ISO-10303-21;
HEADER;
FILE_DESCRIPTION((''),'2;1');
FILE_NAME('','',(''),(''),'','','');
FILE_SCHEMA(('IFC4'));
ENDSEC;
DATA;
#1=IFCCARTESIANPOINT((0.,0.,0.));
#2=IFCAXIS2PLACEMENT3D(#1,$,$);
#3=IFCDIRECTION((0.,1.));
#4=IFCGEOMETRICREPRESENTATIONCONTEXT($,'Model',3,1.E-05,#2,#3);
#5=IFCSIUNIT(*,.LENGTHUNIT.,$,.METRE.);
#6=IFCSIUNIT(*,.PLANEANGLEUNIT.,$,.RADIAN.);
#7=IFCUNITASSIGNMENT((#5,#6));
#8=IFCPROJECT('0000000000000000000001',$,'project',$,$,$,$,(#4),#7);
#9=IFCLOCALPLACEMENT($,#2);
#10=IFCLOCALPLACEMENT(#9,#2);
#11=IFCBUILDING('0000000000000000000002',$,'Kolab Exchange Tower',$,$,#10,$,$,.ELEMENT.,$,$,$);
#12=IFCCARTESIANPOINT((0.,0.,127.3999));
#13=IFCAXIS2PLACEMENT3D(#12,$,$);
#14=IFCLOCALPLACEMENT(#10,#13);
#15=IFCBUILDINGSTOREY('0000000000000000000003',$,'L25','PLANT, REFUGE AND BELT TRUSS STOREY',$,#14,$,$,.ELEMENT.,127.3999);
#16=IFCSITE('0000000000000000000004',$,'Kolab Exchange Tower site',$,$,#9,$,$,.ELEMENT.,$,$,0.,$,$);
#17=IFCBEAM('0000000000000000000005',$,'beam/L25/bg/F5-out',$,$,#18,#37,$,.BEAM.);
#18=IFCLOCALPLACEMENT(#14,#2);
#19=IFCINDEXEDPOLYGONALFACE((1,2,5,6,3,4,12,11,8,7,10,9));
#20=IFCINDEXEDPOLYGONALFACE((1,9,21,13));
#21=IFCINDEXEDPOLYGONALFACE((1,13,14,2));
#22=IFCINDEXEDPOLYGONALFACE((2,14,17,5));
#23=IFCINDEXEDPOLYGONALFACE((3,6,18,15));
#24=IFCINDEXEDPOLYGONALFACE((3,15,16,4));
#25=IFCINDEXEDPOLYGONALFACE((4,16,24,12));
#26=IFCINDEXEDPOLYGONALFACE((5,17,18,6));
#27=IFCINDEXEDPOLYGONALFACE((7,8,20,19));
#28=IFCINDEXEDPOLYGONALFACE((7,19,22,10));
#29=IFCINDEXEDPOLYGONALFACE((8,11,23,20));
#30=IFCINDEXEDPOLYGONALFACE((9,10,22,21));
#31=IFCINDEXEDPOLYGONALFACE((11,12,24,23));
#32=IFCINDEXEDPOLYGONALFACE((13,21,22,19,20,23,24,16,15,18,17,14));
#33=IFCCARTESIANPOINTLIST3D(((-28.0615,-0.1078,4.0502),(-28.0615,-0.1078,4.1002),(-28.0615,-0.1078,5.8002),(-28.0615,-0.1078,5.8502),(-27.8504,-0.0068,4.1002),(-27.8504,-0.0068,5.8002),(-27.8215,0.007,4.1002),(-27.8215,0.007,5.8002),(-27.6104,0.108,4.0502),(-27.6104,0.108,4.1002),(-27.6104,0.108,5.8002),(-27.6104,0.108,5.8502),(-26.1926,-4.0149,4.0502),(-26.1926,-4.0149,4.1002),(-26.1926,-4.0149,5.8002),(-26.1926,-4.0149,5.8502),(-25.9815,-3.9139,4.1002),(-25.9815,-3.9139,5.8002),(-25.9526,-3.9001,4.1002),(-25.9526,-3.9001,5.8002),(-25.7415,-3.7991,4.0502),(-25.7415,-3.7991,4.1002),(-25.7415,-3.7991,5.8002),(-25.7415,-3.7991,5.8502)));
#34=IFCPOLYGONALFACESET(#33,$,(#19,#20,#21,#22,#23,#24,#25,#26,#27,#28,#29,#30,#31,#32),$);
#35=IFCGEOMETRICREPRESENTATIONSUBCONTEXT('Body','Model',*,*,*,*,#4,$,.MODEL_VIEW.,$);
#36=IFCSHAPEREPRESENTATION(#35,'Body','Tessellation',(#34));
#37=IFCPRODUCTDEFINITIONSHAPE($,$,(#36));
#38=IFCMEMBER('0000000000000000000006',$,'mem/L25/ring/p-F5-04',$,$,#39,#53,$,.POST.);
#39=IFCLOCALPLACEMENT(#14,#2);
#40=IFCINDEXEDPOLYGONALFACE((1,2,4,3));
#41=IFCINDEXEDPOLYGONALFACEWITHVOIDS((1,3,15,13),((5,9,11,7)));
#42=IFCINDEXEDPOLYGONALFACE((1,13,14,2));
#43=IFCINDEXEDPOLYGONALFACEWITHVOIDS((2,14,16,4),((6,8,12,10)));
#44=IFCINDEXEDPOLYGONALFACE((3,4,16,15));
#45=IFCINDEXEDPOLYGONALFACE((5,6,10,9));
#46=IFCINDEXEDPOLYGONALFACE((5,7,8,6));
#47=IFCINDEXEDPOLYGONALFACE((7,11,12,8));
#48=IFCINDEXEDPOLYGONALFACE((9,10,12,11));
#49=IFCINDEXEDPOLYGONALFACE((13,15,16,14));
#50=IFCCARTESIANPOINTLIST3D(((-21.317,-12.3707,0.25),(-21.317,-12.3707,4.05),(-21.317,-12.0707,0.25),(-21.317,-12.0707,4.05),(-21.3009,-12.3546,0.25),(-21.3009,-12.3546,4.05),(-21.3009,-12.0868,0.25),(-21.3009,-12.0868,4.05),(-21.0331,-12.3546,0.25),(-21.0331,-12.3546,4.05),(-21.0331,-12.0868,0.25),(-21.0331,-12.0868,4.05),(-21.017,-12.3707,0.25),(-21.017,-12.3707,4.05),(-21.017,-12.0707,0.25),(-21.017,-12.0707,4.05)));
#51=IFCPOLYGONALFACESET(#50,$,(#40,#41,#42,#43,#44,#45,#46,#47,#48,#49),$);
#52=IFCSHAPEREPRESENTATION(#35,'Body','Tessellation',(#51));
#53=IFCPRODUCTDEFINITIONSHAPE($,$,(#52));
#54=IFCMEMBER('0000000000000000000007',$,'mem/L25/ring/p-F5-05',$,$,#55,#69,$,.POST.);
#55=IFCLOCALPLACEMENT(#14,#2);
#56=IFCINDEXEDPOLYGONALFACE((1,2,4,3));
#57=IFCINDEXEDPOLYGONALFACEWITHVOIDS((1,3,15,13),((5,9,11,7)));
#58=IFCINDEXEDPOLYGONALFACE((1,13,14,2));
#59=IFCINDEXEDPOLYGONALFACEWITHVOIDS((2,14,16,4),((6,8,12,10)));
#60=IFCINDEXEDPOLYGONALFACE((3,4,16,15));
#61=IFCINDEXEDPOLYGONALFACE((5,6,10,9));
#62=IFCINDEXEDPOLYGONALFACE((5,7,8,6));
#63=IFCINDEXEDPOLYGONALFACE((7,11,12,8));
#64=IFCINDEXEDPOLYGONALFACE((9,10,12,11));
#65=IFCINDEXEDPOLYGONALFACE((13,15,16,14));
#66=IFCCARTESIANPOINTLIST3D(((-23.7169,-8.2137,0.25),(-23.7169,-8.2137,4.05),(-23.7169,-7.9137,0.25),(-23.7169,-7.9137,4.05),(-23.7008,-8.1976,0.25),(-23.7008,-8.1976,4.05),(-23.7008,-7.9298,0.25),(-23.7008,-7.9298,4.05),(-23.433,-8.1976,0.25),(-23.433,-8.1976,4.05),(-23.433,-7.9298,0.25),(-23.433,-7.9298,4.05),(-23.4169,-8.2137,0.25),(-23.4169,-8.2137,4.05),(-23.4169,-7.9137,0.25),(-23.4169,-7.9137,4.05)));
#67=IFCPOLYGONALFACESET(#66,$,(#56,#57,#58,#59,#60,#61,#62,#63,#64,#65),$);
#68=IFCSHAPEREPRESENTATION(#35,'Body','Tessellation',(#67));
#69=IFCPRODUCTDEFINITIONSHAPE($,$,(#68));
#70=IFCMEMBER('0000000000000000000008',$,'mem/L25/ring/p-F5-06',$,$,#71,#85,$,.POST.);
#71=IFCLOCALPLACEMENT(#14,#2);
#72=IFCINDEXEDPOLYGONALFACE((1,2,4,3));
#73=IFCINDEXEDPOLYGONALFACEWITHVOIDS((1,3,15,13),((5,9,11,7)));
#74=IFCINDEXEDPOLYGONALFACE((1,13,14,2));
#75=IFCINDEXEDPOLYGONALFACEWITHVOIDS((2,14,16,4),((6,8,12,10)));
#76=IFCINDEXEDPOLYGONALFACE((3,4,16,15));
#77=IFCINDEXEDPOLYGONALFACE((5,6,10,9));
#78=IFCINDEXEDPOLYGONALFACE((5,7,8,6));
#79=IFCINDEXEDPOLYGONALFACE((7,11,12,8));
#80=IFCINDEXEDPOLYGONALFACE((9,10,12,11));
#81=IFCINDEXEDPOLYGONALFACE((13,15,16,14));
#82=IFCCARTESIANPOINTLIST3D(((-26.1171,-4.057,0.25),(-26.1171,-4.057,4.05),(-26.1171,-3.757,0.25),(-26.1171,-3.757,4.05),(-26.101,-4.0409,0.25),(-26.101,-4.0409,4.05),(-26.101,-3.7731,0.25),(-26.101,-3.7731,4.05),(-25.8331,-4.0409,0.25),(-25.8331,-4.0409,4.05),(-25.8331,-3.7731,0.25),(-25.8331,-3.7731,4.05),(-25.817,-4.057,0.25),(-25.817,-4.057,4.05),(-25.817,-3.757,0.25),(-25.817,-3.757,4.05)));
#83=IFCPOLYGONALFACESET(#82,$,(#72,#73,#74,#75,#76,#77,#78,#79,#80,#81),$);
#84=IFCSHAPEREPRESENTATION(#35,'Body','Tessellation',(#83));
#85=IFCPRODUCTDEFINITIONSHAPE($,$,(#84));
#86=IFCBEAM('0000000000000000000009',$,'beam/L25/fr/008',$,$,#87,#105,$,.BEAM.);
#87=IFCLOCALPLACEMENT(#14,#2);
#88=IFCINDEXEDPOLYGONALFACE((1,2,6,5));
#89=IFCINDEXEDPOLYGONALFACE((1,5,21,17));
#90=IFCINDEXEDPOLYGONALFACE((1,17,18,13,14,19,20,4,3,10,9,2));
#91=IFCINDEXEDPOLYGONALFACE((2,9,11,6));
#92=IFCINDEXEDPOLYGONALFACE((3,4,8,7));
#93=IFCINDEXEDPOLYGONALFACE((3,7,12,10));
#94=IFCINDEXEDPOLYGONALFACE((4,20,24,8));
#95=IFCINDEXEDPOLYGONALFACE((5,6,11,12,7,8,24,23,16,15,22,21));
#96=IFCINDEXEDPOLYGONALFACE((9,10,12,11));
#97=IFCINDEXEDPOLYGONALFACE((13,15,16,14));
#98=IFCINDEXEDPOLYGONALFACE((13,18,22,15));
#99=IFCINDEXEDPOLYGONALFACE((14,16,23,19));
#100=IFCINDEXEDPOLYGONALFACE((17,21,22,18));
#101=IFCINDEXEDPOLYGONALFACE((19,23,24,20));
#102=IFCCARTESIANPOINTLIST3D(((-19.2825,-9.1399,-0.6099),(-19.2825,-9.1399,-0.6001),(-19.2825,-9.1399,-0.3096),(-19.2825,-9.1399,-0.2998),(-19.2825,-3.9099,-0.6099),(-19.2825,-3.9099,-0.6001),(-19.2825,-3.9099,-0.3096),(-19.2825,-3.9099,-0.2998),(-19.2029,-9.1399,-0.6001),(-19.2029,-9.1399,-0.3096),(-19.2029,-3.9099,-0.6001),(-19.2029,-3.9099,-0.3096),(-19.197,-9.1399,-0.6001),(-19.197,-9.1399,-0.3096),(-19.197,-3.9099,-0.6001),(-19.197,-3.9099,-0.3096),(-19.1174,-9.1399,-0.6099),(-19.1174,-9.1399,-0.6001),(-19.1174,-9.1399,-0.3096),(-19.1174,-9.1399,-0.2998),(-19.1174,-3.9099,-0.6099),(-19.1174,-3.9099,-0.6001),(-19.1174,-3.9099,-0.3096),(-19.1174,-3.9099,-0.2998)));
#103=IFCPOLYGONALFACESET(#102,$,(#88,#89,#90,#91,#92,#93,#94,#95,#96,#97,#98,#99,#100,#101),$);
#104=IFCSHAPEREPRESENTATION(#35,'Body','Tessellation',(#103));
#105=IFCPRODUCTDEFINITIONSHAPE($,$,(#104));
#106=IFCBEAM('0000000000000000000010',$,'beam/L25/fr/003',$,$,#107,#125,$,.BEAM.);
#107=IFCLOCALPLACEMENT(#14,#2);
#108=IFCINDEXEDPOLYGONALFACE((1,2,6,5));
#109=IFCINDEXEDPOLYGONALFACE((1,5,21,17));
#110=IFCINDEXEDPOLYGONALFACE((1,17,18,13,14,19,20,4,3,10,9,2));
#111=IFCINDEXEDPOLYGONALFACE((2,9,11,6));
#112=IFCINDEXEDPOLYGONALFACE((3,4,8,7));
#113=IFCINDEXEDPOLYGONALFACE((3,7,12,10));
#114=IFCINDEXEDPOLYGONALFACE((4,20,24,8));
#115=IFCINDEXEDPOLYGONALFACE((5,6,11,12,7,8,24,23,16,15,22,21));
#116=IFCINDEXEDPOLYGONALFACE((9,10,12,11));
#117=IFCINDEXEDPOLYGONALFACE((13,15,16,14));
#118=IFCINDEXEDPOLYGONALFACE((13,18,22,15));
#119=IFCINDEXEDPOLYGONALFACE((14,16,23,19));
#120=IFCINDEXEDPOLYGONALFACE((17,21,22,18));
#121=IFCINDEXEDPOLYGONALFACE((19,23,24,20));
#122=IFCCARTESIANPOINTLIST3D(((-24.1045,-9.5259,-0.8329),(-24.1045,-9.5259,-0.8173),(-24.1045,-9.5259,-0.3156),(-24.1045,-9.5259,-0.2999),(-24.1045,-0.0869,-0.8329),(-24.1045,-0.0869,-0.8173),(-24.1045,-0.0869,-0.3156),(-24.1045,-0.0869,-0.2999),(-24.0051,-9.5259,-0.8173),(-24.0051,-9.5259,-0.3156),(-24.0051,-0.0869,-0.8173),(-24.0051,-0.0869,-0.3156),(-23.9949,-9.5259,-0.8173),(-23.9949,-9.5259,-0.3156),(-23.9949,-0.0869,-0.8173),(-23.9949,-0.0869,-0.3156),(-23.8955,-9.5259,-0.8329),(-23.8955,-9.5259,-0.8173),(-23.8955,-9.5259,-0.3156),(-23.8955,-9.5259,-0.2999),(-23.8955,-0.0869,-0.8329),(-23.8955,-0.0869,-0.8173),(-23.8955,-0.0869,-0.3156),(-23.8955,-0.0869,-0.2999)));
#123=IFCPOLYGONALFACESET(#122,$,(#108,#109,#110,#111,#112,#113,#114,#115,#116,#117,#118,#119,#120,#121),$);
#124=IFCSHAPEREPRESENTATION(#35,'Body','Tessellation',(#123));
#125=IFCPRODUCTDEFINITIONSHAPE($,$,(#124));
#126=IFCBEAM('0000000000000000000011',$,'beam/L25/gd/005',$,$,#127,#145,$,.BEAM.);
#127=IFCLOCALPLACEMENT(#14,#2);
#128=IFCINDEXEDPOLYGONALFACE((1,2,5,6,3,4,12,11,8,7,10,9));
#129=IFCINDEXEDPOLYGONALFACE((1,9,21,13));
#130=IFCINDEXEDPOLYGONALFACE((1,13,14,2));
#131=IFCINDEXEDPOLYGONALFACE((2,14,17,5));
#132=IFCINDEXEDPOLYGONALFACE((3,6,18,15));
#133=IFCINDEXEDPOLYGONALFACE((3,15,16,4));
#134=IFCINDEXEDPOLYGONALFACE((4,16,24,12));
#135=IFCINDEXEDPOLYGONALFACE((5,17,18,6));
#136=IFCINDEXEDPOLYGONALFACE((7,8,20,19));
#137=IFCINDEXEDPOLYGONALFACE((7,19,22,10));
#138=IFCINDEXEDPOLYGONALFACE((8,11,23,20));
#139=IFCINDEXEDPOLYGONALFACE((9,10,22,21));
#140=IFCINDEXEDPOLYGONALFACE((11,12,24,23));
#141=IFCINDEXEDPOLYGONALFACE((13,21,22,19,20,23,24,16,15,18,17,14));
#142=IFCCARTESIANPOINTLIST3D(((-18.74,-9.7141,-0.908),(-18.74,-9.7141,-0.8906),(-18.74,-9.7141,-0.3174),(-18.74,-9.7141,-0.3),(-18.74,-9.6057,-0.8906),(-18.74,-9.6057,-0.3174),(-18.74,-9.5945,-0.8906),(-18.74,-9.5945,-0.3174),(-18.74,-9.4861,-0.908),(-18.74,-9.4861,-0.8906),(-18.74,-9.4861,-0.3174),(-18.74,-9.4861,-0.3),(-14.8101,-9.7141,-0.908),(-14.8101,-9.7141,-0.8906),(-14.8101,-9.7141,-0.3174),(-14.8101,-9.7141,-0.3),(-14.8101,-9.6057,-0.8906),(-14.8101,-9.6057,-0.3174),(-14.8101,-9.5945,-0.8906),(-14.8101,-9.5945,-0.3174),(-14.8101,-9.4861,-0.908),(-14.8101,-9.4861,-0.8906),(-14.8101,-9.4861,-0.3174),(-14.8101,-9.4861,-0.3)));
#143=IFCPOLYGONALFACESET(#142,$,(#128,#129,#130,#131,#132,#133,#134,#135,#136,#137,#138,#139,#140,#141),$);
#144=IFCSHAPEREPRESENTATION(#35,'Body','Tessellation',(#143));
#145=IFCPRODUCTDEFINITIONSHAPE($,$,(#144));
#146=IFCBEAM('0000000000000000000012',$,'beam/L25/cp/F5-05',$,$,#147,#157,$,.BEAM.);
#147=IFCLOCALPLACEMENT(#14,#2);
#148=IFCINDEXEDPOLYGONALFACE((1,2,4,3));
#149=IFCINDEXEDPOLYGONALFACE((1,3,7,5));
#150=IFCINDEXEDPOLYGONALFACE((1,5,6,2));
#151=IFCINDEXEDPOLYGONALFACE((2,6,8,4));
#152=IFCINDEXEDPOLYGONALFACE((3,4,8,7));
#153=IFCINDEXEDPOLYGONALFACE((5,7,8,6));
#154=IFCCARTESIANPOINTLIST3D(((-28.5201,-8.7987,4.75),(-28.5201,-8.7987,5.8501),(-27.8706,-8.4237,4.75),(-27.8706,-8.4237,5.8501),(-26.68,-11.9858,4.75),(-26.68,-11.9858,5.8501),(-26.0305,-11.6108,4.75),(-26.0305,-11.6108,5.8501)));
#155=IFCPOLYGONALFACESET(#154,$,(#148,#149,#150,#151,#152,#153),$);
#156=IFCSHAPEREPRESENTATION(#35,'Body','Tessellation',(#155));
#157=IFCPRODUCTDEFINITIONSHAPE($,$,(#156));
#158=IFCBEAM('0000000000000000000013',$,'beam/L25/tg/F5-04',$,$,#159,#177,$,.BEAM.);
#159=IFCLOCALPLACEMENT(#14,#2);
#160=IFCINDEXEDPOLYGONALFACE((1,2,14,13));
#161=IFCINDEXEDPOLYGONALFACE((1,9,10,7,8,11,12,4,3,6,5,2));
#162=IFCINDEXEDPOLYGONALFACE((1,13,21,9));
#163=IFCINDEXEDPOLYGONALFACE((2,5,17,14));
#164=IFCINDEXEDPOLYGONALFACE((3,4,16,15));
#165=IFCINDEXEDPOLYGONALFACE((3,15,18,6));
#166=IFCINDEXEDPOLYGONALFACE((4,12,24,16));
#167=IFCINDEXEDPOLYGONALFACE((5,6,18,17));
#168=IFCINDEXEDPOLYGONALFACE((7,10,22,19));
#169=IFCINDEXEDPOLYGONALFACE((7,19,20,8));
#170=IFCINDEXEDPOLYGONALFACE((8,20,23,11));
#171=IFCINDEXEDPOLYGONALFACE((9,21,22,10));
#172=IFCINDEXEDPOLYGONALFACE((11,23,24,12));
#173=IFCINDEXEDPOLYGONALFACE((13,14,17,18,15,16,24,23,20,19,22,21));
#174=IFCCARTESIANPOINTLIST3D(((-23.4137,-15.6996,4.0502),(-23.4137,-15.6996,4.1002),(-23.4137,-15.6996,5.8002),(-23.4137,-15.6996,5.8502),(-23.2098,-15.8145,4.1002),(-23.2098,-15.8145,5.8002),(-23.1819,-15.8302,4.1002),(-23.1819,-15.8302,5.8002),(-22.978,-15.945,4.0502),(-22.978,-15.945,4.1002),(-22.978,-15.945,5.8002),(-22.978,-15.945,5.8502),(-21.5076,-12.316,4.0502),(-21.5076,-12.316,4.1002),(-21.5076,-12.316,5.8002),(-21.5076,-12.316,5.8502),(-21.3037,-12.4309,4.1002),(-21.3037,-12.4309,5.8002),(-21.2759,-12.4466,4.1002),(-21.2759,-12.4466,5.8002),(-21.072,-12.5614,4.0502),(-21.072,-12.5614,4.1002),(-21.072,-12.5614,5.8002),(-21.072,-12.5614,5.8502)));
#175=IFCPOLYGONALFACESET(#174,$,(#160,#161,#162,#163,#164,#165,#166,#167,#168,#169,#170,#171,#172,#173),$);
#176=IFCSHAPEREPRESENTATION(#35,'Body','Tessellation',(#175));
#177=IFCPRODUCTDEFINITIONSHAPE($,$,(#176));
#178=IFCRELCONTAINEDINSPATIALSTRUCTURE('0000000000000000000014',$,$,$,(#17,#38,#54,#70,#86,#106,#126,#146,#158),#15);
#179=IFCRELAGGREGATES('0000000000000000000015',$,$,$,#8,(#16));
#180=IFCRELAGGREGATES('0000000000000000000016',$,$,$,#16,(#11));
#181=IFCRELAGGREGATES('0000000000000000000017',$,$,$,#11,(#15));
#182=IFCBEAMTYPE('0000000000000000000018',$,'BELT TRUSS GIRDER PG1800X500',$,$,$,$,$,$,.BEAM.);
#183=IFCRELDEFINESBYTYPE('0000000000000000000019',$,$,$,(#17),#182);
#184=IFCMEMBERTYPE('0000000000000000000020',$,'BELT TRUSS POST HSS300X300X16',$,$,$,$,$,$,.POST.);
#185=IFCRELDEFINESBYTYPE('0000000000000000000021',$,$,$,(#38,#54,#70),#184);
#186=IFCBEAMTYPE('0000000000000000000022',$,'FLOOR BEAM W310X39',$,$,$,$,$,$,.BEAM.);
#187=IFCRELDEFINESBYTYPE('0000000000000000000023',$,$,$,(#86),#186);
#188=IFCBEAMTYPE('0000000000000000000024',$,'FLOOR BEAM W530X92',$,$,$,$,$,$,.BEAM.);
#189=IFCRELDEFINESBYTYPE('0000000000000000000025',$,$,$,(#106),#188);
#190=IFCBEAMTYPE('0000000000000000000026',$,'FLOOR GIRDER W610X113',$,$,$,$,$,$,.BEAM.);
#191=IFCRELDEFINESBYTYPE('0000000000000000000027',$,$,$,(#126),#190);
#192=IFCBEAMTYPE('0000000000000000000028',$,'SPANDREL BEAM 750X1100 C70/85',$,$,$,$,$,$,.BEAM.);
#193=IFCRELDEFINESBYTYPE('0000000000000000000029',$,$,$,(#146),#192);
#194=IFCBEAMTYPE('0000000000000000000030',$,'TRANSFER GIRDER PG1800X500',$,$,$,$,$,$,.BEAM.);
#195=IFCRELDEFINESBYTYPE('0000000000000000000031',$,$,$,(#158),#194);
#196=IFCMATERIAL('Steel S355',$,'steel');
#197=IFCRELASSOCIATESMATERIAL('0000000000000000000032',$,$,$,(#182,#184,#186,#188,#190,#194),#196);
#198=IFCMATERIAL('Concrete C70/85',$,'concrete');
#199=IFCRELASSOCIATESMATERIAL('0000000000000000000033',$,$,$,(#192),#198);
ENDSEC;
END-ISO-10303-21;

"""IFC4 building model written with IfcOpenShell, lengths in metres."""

from ifc_helpers import new_model, si_unit, direction, frame, origin, origin_2d, place, context, subcontext, project, spatial, rectangle, hollow_rectangle, i_section, extrude, material, material_profile, profile_set, type_object, element, save


model = new_model("IFC4")

# Units and contexts
model_context = context("Model", 3, precision=1e-05, world=origin(), true_north=direction((0.0, 1.0)))
body_context = subcontext(model_context, "Body", "Model", "MODEL_VIEW")
ifc_project = project(units=[si_unit("LENGTHUNIT", "METRE"), si_unit("PLANEANGLEUNIT", "RADIAN")], contexts=[model_context])

# Site, building, storey
site_placement = place(None, origin())
site = spatial("IfcSite", under=ifc_project, at=site_placement, Name="Kolab Exchange Tower site", CompositionType="ELEMENT", RefElevation=0.0)
building_placement = place(site_placement, origin())
building = spatial("IfcBuilding", under=site, at=building_placement, Name="Kolab Exchange Tower", CompositionType="ELEMENT")
storey_placement = place(building_placement, frame((0.0, 0.0, 127.3999)))
storey = spatial("IfcBuildingStorey", under=building, at=storey_placement, Name="L25", Description="PLANT, REFUGE AND BELT TRUSS STOREY", CompositionType="ELEMENT", Elevation=127.3999)

# Shared definitions
ifc_material_1 = material(Name="Concrete C70/85", Category="concrete")

# Shared definitions
ifc_material_2 = material(Name="Steel S355", Category="steel")

# Beam
ifc_material_profile_1 = material_profile(ifc_material_2, i_section(OverallWidth=0.5, OverallDepth=1.8, WebThickness=0.032, FlangeThickness=0.05, at=origin_2d()), Name="PG1800X500")
ifc_profile_set_1 = profile_set([ifc_material_profile_1], Name="Steel S355")
beam_type_1 = type_object("IfcBeamType", Name="BELT TRUSS GIRDER PG1800X500", PredefinedType="BEAM", material=ifc_profile_set_1)
beam_1_placement = place(storey_placement, frame((-25.967, -3.907, 4.9502), z_axis=(-0.431519, 0.902104, 0.0), x_axis=(-0.902104, -0.431519, 0.0)))
element("IfcBeam", 1, at=beam_1_placement, inside=storey, type_object=beam_type_1, Name="beam/L25/bg/F5-out", PredefinedType="BEAM", context=body_context, shape_type="SweptSolid", body=[
    extrude(i_section(OverallWidth=0.5, OverallDepth=1.8, WebThickness=0.032, FlangeThickness=0.05, at=origin_2d()), origin(), (0.0, 0.0, 1.0), 4.3311),
])

# Members
ifc_material_profile_2 = material_profile(ifc_material_2, hollow_rectangle(XDim=0.3, YDim=0.3, WallThickness=0.0161, at=origin_2d()), Name="HSS300X300X16")
ifc_profile_set_2 = profile_set([ifc_material_profile_2], Name="Steel S355")
member_type_1 = type_object("IfcMemberType", Name="BELT TRUSS POST HSS300X300X16", PredefinedType="POST", material=ifc_profile_set_2)
for number, where, z_axis, x_axis, name in (
    (2, (-21.167, -12.2207, 0.25), (0.0, 0.0, 1.0), (1.0, 0.0, 0.0), "mem/L25/ring/p-F5-04"),
    (3, (-23.5669, -8.0637, 0.25), (0.0, 0.0, 1.0), (1.0, 0.0, 0.0), "mem/L25/ring/p-F5-05"),
    (4, (-25.967, -3.907, 0.25), (0.0, 0.0, 1.0), (1.0, 0.0, 0.0), "mem/L25/ring/p-F5-06"),
):
    element("IfcMember", number, at=place(storey_placement, frame(where, z_axis=z_axis, x_axis=x_axis)), inside=storey, type_object=member_type_1, Name=name, PredefinedType="POST", context=body_context, shape_type="SweptSolid", body=[
        extrude(hollow_rectangle(XDim=0.3, YDim=0.3, WallThickness=0.0161, at=origin_2d()), origin(), (0.0, 0.0, 1.0), 3.8),
    ])

# Beams
ifc_material_profile_3 = material_profile(ifc_material_2, i_section(OverallWidth=0.165, OverallDepth=0.3101, WebThickness=0.0059, FlangeThickness=0.0098, at=origin_2d()), Name="W310X39")
ifc_profile_set_3 = profile_set([ifc_material_profile_3], Name="Steel S355")
beam_type_2 = type_object("IfcBeamType", Name="FLOOR BEAM W310X39", PredefinedType="BEAM", material=ifc_profile_set_3)
beam_2_placement = place(storey_placement, frame((-19.2, -9.1399, -0.4548), z_axis=(0.0, 1.0, 0.0), x_axis=(-1.0, 0.0, 0.0)))
element("IfcBeam", 5, at=beam_2_placement, inside=storey, type_object=beam_type_2, Name="beam/L25/fr/008", PredefinedType="BEAM", context=body_context, shape_type="SweptSolid", body=[
    extrude(i_section(OverallWidth=0.165, OverallDepth=0.3101, WebThickness=0.0059, FlangeThickness=0.0098, at=origin_2d()), origin(), (0.0, 0.0, 1.0), 5.23),
])
ifc_material_profile_4 = material_profile(ifc_material_2, i_section(OverallWidth=0.209, OverallDepth=0.533, WebThickness=0.0103, FlangeThickness=0.0156, at=origin_2d()), Name="W530X92")
ifc_profile_set_4 = profile_set([ifc_material_profile_4], Name="Steel S355")
beam_type_3 = type_object("IfcBeamType", Name="FLOOR BEAM W530X92", PredefinedType="BEAM", material=ifc_profile_set_4)
beam_3_placement = place(storey_placement, frame((-24.0, -9.5259, -0.5664), z_axis=(0.0, 1.0, 0.0), x_axis=(-1.0, 0.0, 0.0)))
element("IfcBeam", 6, at=beam_3_placement, inside=storey, type_object=beam_type_3, Name="beam/L25/fr/003", PredefinedType="BEAM", context=body_context, shape_type="SweptSolid", body=[
    extrude(i_section(OverallWidth=0.209, OverallDepth=0.533, WebThickness=0.0103, FlangeThickness=0.0156, at=origin_2d()), origin(), (0.0, 0.0, 1.0), 9.439),
])
ifc_material_profile_5 = material_profile(ifc_material_2, i_section(OverallWidth=0.228, OverallDepth=0.6079, WebThickness=0.0112, FlangeThickness=0.0173, at=origin_2d()), Name="W610X113")
ifc_profile_set_5 = profile_set([ifc_material_profile_5], Name="Steel S355")
beam_type_4 = type_object("IfcBeamType", Name="FLOOR GIRDER W610X113", PredefinedType="BEAM", material=ifc_profile_set_5)
beam_4_placement = place(storey_placement, frame((-18.74, -9.6001, -0.604), z_axis=(1.0, 0.0, 0.0), x_axis=(0.0, 1.0, 0.0)))
element("IfcBeam", 7, at=beam_4_placement, inside=storey, type_object=beam_type_4, Name="beam/L25/gd/005", PredefinedType="BEAM", context=body_context, shape_type="SweptSolid", body=[
    extrude(i_section(OverallWidth=0.228, OverallDepth=0.6079, WebThickness=0.0112, FlangeThickness=0.0173, at=origin_2d()), origin(), (0.0, 0.0, 1.0), 3.9299),
])
ifc_material_profile_6 = material_profile(ifc_material_1, rectangle(XDim=0.75, YDim=1.1001, at=origin_2d()), Name="RC750X1100")
ifc_profile_set_6 = profile_set([ifc_material_profile_6], Name="Concrete C70/85")
beam_type_5 = type_object("IfcBeamType", Name="SPANDREL BEAM 750X1100 C70/85", PredefinedType="BEAM", material=ifc_profile_set_6)
beam_5_placement = place(storey_placement, frame((-26.3552, -11.7983, 5.3), z_axis=(-0.500013, 0.866018, 0.0), x_axis=(-0.866018, -0.500013, 0.0)))
element("IfcBeam", 8, at=beam_5_placement, inside=storey, type_object=beam_type_5, Name="beam/L25/cp/F5-05", PredefinedType="BEAM", context=body_context, shape_type="SweptSolid", body=[
    extrude(rectangle(XDim=0.75, YDim=1.1001, at=origin_2d()), origin(), (0.0, 0.0, 1.0), 3.6802),
])
ifc_material_profile_7 = material_profile(ifc_material_2, i_section(OverallWidth=0.5, OverallDepth=1.8, WebThickness=0.032, FlangeThickness=0.05, at=origin_2d()), Name="PG1800X500")
ifc_profile_set_7 = profile_set([ifc_material_profile_7], Name="Steel S355")
beam_type_6 = type_object("IfcBeamType", Name="TRANSFER GIRDER PG1800X500", PredefinedType="BEAM", material=ifc_profile_set_7)
for number, where, z_axis, x_axis, name in (
    (9, (-21.2898, -12.4387, 4.9502), (-0.490801, -0.871271, 0.0), (0.871271, -0.490801, 0.0), "beam/L25/tg/F5-04"),
):
    element("IfcBeam", number, at=place(storey_placement, frame(where, z_axis=z_axis, x_axis=x_axis)), inside=storey, type_object=beam_type_6, Name=name, PredefinedType="BEAM", context=body_context, shape_type="SweptSolid", body=[
        extrude(i_section(OverallWidth=0.5, OverallDepth=1.8, WebThickness=0.032, FlangeThickness=0.05, at=origin_2d()), origin(), (0.0, 0.0, 1.0), 3.8835),
    ])

save(model, "model.ifc")
